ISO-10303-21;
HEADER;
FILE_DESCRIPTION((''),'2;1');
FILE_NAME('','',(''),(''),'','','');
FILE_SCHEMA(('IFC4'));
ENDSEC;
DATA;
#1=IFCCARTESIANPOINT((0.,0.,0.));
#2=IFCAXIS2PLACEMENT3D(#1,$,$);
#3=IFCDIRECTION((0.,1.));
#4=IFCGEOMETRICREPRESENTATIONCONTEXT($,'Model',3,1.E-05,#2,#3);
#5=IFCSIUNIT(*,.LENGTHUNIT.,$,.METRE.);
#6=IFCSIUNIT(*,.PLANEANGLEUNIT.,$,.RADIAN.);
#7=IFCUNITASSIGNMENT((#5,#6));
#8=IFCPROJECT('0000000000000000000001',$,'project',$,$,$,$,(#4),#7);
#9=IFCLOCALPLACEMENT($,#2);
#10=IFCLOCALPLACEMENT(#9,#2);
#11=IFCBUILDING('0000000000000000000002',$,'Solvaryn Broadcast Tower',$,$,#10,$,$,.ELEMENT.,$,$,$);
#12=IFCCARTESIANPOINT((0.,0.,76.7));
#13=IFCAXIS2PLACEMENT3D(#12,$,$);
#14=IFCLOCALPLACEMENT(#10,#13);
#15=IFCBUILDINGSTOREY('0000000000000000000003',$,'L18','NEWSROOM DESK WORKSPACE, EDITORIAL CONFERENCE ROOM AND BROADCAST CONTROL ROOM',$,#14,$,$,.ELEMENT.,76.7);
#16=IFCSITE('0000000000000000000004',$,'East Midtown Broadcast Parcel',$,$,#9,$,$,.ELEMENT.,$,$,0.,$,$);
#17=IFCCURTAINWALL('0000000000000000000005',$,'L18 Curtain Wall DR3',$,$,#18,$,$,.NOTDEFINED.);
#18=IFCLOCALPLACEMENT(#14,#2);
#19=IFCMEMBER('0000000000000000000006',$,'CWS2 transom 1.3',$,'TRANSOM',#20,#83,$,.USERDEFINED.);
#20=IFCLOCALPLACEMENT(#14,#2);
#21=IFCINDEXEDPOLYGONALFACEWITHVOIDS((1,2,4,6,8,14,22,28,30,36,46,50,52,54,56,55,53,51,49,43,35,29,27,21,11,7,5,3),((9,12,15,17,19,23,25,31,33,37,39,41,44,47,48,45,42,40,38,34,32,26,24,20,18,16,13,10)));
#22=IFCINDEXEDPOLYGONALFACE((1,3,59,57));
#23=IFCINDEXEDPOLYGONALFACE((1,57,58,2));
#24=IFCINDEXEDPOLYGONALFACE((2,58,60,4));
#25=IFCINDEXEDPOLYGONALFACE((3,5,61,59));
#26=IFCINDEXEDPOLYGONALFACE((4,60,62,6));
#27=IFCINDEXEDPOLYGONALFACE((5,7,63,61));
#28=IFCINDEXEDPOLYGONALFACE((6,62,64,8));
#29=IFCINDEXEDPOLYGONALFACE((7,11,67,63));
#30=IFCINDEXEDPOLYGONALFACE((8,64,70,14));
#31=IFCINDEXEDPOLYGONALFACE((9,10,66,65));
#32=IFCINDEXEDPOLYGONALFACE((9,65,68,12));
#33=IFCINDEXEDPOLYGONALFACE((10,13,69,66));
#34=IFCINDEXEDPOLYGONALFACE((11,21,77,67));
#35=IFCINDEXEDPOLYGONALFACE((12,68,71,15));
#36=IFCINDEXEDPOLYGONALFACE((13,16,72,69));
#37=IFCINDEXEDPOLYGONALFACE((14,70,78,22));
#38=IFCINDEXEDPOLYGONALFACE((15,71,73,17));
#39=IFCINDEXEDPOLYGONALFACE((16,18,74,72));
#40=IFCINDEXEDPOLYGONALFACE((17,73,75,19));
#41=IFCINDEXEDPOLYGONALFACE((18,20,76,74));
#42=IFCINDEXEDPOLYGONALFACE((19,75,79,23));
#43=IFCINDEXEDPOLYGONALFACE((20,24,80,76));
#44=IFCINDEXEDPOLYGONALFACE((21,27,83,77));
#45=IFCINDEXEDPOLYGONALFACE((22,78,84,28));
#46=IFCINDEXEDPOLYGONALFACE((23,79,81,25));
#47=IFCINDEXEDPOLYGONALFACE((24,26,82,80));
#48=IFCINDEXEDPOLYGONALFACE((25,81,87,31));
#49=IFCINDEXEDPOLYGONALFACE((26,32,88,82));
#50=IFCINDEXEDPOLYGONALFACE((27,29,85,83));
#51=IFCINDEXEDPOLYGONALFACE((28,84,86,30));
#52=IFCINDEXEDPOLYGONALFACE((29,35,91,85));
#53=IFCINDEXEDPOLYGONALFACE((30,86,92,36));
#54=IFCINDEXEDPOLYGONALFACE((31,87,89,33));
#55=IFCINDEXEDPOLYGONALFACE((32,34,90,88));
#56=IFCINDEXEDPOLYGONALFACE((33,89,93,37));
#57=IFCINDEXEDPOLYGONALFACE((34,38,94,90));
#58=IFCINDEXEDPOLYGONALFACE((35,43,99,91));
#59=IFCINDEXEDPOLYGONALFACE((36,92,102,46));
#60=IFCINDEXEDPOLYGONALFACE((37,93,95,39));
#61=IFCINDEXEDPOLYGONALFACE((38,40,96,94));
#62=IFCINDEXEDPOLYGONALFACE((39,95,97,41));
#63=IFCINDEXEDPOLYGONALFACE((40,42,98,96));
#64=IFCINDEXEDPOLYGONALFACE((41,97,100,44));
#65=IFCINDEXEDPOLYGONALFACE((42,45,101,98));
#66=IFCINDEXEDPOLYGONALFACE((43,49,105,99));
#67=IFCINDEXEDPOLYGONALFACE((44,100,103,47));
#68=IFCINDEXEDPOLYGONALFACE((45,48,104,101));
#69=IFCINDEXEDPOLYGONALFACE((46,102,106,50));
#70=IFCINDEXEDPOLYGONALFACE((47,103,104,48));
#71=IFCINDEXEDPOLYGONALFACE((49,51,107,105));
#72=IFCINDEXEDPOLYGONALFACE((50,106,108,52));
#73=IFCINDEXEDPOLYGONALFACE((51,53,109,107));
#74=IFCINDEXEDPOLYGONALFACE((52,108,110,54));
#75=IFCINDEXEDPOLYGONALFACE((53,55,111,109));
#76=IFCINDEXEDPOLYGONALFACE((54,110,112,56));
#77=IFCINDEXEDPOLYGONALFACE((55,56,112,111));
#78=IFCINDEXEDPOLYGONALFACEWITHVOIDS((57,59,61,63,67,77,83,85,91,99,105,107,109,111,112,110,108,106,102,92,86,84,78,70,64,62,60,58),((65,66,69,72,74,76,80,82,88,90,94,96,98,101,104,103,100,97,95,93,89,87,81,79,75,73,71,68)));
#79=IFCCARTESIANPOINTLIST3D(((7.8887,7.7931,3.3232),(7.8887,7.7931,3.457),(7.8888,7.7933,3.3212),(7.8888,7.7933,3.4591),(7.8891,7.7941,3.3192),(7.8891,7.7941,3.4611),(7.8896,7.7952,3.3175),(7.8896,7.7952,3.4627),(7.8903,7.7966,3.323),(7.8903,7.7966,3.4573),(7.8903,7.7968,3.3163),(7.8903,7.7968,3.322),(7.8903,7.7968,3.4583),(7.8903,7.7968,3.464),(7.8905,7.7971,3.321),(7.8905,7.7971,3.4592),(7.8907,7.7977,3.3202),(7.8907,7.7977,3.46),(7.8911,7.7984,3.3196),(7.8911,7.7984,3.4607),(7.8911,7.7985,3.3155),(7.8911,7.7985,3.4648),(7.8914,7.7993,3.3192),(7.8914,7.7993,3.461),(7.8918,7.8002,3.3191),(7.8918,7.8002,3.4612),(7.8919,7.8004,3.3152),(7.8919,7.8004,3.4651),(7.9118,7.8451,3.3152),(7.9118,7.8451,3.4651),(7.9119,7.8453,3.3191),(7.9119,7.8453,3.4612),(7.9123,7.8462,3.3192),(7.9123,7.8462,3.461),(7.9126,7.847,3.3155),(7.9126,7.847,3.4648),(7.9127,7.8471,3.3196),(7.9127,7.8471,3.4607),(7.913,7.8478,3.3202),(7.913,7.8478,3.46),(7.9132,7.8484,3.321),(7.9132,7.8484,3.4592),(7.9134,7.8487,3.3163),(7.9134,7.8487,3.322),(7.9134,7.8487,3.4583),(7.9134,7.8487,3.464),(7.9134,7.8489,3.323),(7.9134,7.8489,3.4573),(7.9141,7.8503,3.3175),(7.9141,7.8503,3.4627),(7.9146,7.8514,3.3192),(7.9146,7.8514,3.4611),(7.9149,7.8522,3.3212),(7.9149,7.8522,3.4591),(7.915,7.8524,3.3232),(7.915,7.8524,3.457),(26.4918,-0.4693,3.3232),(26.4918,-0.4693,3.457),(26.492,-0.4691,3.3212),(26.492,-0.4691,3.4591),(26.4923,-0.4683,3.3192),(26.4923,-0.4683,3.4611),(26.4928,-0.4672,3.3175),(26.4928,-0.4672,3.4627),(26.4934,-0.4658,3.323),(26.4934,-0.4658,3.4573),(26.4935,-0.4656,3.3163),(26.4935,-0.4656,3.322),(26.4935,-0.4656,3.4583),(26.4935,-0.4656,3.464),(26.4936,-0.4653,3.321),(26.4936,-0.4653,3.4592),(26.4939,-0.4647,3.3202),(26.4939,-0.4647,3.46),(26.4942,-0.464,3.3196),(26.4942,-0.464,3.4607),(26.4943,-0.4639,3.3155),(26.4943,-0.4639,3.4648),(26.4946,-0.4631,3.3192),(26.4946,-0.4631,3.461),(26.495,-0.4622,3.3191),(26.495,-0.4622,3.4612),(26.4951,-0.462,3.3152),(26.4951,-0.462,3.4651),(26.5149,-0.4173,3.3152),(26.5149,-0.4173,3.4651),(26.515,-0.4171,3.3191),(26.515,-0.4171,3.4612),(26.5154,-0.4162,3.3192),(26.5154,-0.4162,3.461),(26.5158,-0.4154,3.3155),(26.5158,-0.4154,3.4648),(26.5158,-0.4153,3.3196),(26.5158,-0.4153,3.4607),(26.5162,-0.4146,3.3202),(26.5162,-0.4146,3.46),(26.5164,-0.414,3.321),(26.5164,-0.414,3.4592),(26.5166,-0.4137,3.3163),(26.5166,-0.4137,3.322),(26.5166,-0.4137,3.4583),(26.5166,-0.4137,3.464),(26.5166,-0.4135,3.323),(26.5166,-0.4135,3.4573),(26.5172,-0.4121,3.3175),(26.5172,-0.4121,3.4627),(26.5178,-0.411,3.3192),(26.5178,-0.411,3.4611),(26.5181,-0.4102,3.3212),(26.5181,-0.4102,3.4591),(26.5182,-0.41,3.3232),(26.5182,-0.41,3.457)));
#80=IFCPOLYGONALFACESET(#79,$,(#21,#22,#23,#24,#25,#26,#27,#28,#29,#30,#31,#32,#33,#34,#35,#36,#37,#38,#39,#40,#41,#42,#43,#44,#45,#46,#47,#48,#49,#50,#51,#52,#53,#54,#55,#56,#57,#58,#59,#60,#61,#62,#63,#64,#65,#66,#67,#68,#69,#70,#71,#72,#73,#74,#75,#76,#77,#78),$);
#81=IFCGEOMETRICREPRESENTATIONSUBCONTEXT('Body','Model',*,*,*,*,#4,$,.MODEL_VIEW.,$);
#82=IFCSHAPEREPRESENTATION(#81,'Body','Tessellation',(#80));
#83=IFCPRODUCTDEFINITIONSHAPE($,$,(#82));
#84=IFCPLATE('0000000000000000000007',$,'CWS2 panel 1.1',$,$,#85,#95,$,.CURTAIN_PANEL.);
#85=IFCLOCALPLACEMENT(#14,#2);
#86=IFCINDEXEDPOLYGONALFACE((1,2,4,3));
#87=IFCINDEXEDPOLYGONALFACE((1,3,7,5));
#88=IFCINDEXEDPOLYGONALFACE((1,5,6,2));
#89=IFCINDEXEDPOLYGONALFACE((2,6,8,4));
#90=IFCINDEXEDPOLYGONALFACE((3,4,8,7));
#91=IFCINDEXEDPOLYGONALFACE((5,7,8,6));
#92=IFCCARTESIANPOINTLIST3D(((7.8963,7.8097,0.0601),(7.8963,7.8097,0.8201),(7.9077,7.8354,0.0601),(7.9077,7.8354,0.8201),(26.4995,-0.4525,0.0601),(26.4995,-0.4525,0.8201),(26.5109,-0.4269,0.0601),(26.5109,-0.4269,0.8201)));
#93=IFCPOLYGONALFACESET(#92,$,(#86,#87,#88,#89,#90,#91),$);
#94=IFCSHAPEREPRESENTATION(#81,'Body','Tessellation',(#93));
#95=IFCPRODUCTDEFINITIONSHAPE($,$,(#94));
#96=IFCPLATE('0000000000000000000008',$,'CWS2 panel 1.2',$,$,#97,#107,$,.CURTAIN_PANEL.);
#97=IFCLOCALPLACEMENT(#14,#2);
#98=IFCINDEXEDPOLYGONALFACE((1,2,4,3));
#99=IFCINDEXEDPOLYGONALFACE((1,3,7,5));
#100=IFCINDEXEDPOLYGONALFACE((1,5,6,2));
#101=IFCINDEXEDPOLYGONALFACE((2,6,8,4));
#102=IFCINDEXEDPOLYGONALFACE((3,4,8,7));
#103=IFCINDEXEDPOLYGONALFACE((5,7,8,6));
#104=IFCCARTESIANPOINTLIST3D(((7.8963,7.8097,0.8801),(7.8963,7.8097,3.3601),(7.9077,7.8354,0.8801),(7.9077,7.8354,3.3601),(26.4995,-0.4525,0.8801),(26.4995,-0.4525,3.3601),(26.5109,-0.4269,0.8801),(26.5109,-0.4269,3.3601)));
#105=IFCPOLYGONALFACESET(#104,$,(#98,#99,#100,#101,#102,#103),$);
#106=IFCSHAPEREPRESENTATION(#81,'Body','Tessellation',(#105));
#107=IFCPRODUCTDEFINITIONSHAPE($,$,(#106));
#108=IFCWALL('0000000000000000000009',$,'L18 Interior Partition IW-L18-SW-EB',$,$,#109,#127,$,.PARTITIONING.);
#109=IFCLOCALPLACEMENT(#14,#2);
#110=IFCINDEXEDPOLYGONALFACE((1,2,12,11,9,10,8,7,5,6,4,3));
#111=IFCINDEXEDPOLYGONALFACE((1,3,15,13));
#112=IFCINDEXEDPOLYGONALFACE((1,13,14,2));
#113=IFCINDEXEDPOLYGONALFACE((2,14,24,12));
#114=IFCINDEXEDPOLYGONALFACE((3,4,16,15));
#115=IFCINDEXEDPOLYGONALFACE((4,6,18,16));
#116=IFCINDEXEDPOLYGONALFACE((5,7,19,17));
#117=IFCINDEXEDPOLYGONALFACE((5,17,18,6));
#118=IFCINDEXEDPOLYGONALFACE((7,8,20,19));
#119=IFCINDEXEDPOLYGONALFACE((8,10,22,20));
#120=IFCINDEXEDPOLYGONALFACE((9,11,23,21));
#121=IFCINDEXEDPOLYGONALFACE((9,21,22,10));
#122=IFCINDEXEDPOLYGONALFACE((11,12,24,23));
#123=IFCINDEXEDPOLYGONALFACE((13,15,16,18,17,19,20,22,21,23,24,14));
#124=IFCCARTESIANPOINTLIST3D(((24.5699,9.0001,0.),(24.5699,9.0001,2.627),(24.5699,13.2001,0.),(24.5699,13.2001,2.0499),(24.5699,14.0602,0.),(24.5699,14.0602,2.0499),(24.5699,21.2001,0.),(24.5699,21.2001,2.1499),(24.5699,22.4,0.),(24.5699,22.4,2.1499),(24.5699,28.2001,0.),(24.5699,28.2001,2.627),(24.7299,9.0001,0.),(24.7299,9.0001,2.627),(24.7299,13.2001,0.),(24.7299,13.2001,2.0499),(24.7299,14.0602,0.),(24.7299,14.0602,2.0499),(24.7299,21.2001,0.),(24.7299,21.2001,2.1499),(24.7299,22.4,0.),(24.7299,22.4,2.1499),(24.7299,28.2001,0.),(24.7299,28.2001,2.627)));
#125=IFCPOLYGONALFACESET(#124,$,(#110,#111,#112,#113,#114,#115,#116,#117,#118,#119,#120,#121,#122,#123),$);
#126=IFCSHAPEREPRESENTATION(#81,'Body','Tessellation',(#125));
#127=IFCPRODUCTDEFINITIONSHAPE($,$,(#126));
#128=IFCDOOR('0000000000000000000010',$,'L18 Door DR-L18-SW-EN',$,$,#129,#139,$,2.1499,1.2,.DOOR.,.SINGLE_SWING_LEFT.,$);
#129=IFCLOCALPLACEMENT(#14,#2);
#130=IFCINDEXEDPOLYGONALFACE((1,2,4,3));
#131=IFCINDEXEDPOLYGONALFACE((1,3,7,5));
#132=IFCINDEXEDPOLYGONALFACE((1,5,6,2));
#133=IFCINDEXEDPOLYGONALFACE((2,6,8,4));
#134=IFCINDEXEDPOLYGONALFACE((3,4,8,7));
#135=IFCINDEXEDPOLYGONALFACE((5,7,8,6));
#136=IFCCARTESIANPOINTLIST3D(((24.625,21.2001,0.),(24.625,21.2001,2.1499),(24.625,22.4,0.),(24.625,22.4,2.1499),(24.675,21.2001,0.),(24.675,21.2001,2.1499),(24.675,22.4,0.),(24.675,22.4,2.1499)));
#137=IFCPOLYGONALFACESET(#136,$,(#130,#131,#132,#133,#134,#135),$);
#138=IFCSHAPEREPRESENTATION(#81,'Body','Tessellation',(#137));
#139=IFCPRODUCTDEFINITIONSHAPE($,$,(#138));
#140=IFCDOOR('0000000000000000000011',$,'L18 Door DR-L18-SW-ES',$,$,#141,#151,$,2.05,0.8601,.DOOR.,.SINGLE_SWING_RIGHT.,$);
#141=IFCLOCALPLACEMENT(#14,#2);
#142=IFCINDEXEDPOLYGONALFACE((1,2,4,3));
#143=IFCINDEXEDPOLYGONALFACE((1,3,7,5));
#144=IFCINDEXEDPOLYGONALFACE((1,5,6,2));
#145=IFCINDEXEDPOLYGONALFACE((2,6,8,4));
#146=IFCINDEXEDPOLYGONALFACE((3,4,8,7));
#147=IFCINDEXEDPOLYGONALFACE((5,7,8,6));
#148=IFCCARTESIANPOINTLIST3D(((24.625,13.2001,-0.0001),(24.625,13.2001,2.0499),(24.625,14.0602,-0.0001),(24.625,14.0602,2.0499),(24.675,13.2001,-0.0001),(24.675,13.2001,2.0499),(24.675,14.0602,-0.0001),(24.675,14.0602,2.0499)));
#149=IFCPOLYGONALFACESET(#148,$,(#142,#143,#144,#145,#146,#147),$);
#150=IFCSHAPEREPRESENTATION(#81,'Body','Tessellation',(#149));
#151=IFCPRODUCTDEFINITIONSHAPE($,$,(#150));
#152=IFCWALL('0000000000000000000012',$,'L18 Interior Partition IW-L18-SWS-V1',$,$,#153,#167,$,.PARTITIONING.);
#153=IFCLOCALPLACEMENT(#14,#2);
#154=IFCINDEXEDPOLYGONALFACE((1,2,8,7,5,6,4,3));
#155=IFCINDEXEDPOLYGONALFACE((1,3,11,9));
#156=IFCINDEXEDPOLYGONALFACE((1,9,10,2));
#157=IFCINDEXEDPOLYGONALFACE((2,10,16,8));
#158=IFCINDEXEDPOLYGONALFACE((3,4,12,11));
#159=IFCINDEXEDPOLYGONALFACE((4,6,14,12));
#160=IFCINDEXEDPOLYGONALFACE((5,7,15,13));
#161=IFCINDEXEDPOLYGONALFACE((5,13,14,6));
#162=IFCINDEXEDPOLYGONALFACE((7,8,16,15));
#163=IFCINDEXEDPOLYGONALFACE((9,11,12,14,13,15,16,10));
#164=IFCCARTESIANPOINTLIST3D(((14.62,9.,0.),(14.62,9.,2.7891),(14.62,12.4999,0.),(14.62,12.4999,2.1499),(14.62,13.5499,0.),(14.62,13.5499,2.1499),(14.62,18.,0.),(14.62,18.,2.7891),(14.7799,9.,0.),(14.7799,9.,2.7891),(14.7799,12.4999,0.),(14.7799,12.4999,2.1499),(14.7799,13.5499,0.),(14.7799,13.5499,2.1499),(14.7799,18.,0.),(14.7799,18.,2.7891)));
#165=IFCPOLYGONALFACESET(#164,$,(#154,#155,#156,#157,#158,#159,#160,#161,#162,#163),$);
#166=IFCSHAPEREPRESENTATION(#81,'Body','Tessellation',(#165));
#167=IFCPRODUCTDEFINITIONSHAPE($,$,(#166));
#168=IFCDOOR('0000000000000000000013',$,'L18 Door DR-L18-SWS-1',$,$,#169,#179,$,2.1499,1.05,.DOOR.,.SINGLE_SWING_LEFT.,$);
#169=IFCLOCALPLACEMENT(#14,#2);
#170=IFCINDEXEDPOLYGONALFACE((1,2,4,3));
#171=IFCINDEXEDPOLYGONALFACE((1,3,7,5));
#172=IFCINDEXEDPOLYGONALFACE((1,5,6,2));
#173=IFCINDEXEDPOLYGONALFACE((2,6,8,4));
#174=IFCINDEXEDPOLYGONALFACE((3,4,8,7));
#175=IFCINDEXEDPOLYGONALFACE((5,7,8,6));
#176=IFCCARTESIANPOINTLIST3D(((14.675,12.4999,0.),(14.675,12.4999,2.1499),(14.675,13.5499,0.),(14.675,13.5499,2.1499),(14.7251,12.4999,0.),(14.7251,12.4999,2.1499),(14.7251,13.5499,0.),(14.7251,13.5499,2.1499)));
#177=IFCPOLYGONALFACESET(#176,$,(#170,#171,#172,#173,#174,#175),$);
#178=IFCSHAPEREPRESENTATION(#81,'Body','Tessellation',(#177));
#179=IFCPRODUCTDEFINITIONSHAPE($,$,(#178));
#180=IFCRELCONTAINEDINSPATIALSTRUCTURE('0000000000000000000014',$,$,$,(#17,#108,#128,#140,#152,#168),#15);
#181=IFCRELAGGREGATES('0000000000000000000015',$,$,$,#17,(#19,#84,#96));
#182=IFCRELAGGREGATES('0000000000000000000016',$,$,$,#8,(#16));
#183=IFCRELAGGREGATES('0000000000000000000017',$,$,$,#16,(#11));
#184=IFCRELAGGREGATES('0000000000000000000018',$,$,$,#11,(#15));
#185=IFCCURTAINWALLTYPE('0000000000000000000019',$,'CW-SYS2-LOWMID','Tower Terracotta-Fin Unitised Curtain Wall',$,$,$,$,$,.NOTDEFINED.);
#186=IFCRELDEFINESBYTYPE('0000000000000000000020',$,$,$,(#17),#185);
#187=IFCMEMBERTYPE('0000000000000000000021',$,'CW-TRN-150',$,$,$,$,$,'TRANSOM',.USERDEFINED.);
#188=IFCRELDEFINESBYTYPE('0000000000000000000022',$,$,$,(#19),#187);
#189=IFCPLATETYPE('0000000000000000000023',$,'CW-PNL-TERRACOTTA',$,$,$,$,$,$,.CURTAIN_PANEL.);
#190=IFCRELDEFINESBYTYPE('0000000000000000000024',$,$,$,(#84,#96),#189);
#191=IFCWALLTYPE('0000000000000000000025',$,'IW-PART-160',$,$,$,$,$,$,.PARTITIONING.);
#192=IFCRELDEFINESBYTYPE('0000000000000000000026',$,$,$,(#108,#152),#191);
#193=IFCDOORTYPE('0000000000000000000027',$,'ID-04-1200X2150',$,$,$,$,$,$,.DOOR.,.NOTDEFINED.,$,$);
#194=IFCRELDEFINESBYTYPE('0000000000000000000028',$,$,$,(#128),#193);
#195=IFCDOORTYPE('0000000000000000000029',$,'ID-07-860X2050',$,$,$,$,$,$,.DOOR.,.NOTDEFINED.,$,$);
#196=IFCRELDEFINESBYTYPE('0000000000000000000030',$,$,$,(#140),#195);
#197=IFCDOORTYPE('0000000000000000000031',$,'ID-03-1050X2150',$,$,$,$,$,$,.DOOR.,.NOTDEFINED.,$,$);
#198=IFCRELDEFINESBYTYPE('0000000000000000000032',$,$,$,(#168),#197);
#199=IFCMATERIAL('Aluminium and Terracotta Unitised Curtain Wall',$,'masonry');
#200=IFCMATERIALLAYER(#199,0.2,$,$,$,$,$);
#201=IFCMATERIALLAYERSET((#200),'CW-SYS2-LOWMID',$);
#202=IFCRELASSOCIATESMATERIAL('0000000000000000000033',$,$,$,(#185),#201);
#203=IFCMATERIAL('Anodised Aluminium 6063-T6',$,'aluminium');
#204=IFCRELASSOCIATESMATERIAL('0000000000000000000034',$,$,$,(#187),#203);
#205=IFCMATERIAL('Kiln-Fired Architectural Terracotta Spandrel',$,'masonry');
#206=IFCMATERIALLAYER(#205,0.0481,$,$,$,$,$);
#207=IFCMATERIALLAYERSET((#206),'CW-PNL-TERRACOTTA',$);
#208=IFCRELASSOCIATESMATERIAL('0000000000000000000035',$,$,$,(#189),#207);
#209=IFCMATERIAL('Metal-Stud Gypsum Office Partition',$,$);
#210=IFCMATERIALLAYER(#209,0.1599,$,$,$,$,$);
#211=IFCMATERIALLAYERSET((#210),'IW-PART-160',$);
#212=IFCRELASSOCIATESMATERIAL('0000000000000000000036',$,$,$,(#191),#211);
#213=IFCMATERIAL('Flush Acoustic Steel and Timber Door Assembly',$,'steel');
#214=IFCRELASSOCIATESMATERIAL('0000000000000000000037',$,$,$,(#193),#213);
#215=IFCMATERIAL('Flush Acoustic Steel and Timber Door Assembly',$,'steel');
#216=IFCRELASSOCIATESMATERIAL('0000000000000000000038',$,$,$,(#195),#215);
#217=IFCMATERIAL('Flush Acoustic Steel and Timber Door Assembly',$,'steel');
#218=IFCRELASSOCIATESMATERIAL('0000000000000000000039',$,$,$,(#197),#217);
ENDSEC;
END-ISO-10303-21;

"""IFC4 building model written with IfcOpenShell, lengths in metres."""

from ifc_helpers import new_model, si_unit, direction, frame, frame_2d, origin, origin_2d, place, context, subcontext, project, spatial, rectangle, hollow_rectangle, extrude, material, layer, layer_set, material_profile, profile_set, type_object, element, fill, aggregate, save


model = new_model("IFC4")

# Units and contexts
model_context = context("Model", 3, precision=1e-05, world=origin(), true_north=direction((0.0, 1.0)))
body_context = subcontext(model_context, "Body", "Model", "MODEL_VIEW")
ifc_project = project(units=[si_unit("LENGTHUNIT", "METRE"), si_unit("PLANEANGLEUNIT", "RADIAN")], contexts=[model_context])

# Site, building, storey
site_placement = place(None, origin())
site = spatial("IfcSite", under=ifc_project, at=site_placement, Name="East Midtown Broadcast Parcel", CompositionType="ELEMENT", RefElevation=0.0)
building_placement = place(site_placement, origin())
building = spatial("IfcBuilding", under=site, at=building_placement, Name="Solvaryn Broadcast Tower", CompositionType="ELEMENT")
storey_placement = place(building_placement, frame((0.0, 0.0, 76.7)))
storey = spatial("IfcBuildingStorey", under=building, at=storey_placement, Name="L18", Description="NEWSROOM DESK WORKSPACE, EDITORIAL CONFERENCE ROOM AND BROADCAST CONTROL ROOM", CompositionType="ELEMENT", Elevation=76.7)

# Shared definitions
ifc_material_1 = material(Name="Aluminium and Terracotta Unitised Curtain Wall", Category="masonry")
ifc_layer_1 = layer(ifc_material_1, 0.2)
ifc_layer_set_1 = layer_set([ifc_layer_1], Name="CW-SYS2-LOWMID")
curtain_wall_type = type_object("IfcCurtainWallType", Name="CW-SYS2-LOWMID", Description="Tower Terracotta-Fin Unitised Curtain Wall", PredefinedType="NOTDEFINED", material=ifc_layer_set_1)

# Curtain wall, member, plates
curtain_wall_1_placement = place(storey_placement, origin())
curtain_wall_1 = element("IfcCurtainWall", 1, at=curtain_wall_1_placement, inside=storey, type_object=curtain_wall_type, Name="L18 Curtain Wall DR3", PredefinedType="NOTDEFINED")
ifc_material_2 = material(Name="Anodised Aluminium 6063-T6", Category="aluminium")
ifc_material_profile_1 = material_profile(ifc_material_2, hollow_rectangle(XDim=0.0649, YDim=0.1499, WallThickness=0.0039, InnerFilletRadius=0.0039, OuterFilletRadius=0.0081, at=origin_2d()))
ifc_profile_set_1 = profile_set([ifc_material_profile_1], Name="Anodised Aluminium 6063-T6")
member_type_1 = type_object("IfcMemberType", Name="CW-TRN-150", ElementType="TRANSOM", PredefinedType="USERDEFINED", material=ifc_profile_set_1)
member_1_placement = place(storey_placement, frame((7.9019, 7.8228, 3.3901), z_axis=(0.913915, -0.405906, 0.0), x_axis=(0.405906, 0.913915, 0.0)))
member_1 = element("IfcMember", 2, at=member_1_placement, type_object=member_type_1, Name="CWS2 transom 1.3", ObjectType="TRANSOM", PredefinedType="USERDEFINED", context=body_context, shape_type="SweptSolid", body=[
    extrude(hollow_rectangle(XDim=0.0649, YDim=0.1499, WallThickness=0.0039, InnerFilletRadius=0.0039, OuterFilletRadius=0.0081, at=origin_2d()), origin(), (0.0, 0.0, 1.0), 20.3555),
])
ifc_material_3 = material(Name="Kiln-Fired Architectural Terracotta Spandrel", Category="masonry")
ifc_layer_2 = layer(ifc_material_3, 0.0481)
ifc_layer_set_2 = layer_set([ifc_layer_2], Name="CW-PNL-TERRACOTTA")
plate_type = type_object("IfcPlateType", Name="CW-PNL-TERRACOTTA", PredefinedType="CURTAIN_PANEL", material=ifc_layer_set_2)
plate_1_placement = place(storey_placement, frame((17.2036, 3.6914, 0.0601), z_axis=(0.0, 0.0, 1.0), x_axis=(0.913918, -0.405898, 0.0)))
plate_1 = element("IfcPlate", 3, at=plate_1_placement, type_object=plate_type, Name="CWS2 panel 1.1", PredefinedType="CURTAIN_PANEL", context=body_context, shape_type="SweptSolid", body=[
    extrude(rectangle(XDim=20.3555, YDim=0.0281, at=origin_2d()), origin(), (0.0, 0.0, 1.0), 0.76),
])
plate_2_placement = place(storey_placement, frame((17.2036, 3.6914, 0.8801), z_axis=(0.0, 0.0, 1.0), x_axis=(0.913918, -0.405898, 0.0)))
plate_2 = element("IfcPlate", 4, at=plate_2_placement, type_object=plate_type, Name="CWS2 panel 1.2", PredefinedType="CURTAIN_PANEL", context=body_context, shape_type="SweptSolid", body=[
    extrude(rectangle(XDim=20.3555, YDim=0.0281, at=origin_2d()), origin(), (0.0, 0.0, 1.0), 2.48),
])
aggregate(curtain_wall_1, [member_1, plate_1, plate_2])

# Wall, openings, doors
ifc_material_4 = material(Name="Metal-Stud Gypsum Office Partition")
ifc_layer_3 = layer(ifc_material_4, 0.1599)
ifc_layer_set_3 = layer_set([ifc_layer_3], Name="IW-PART-160")
wall_type = type_object("IfcWallType", Name="IW-PART-160", PredefinedType="PARTITIONING", material=ifc_layer_set_3)
wall_1_placement = place(storey_placement, frame((24.6499, 9.0, 0.0), z_axis=(0.0, 0.0, 1.0), x_axis=(0.0, 1.0, 0.0)))
wall_1 = element("IfcWall", 5, at=wall_1_placement, inside=storey, type_object=wall_type, Name="L18 Interior Partition IW-L18-SW-EB", PredefinedType="PARTITIONING", context=body_context, shape_type="SweptSolid", body=[
    extrude(rectangle(XDim=19.2, YDim=0.1599, at=frame_2d((9.6001, 0.0))), origin(), (0.0, 0.0, 1.0), 2.627),
])
opening_1_placement = place(wall_1_placement, frame((12.2, 0.0, 0.0)))
opening_1 = element("IfcOpeningElement", 6, at=opening_1_placement, cuts=wall_1, PredefinedType="OPENING", context=body_context, shape_type="SweptSolid", body=[
    extrude(rectangle(XDim=1.2, YDim=2.1499, at=frame_2d((0.6001, 1.075))), frame((0.0, 0.0901, 0.0), z_axis=(0.0, -1.0, 0.0), x_axis=(1.0, 0.0, 0.0)), (0.0, 0.0, 1.0), 0.1799),
])
opening_2_placement = place(wall_1_placement, frame((4.2, 0.0, 0.0)))
opening_2 = element("IfcOpeningElement", 7, at=opening_2_placement, cuts=wall_1, PredefinedType="OPENING", context=body_context, shape_type="SweptSolid", body=[
    extrude(rectangle(XDim=0.8601, YDim=2.05, at=frame_2d((0.4302, 1.0249))), frame((0.0, 0.0901, 0.0), z_axis=(0.0, -1.0, 0.0), x_axis=(1.0, 0.0, 0.0)), (0.0, 0.0, 1.0), 0.1799),
])
ifc_material_5 = material(Name="Flush Acoustic Steel and Timber Door Assembly", Category="steel")
door_type_1 = type_object("IfcDoorType", Name="ID-04-1200X2150", OperationType="NOTDEFINED", PredefinedType="DOOR", material=ifc_material_5)
door_1_placement = place(opening_1_placement, origin())
door_1 = element("IfcDoor", 8, at=door_1_placement, inside=storey, type_object=door_type_1, Name="L18 Door DR-L18-SW-EN", OperationType="SINGLE_SWING_LEFT", OverallHeight=2.1499, OverallWidth=1.2, PredefinedType="DOOR", context=body_context, shape_type="SweptSolid", body=[
    extrude(rectangle(XDim=1.2, YDim=2.1499, at=frame_2d((0.6001, 1.075))), frame((0.0, 0.0249, 0.0), z_axis=(0.0, -1.0, 0.0), x_axis=(1.0, 0.0, 0.0)), (0.0, 0.0, 1.0), 0.05),
])
fill(opening_1, door_1)
ifc_material_6 = material(Name="Flush Acoustic Steel and Timber Door Assembly", Category="steel")
door_type_2 = type_object("IfcDoorType", Name="ID-07-860X2050", OperationType="NOTDEFINED", PredefinedType="DOOR", material=ifc_material_6)
door_2_placement = place(opening_2_placement, origin())
door_2 = element("IfcDoor", 9, at=door_2_placement, inside=storey, type_object=door_type_2, Name="L18 Door DR-L18-SW-ES", OperationType="SINGLE_SWING_RIGHT", OverallHeight=2.05, OverallWidth=0.8601, PredefinedType="DOOR", context=body_context, shape_type="SweptSolid", body=[
    extrude(rectangle(XDim=0.8601, YDim=2.05, at=frame_2d((0.4302, 1.0249))), frame((0.0, 0.0249, 0.0), z_axis=(0.0, -1.0, 0.0), x_axis=(1.0, 0.0, 0.0)), (0.0, 0.0, 1.0), 0.05),
])
fill(opening_2, door_2)

# Wall, opening, door
wall_2_placement = place(storey_placement, frame((14.7, 9.0, 0.0), z_axis=(0.0, 0.0, 1.0), x_axis=(0.0, 1.0, 0.0)))
wall_2 = element("IfcWall", 10, at=wall_2_placement, inside=storey, type_object=wall_type, Name="L18 Interior Partition IW-L18-SWS-V1", PredefinedType="PARTITIONING", context=body_context, shape_type="SweptSolid", body=[
    extrude(rectangle(XDim=9.0, YDim=0.1599, at=frame_2d((4.5, 0.0))), origin(), (0.0, 0.0, 1.0), 2.7891),
])
opening_3_placement = place(wall_2_placement, frame((3.5, 0.0, 0.0)))
opening_3 = element("IfcOpeningElement", 11, at=opening_3_placement, cuts=wall_2, PredefinedType="OPENING", context=body_context, shape_type="SweptSolid", body=[
    extrude(rectangle(XDim=1.05, YDim=2.1499, at=frame_2d((0.5249, 1.075))), frame((0.0, 0.0901, 0.0), z_axis=(0.0, -1.0, 0.0), x_axis=(1.0, 0.0, 0.0)), (0.0, 0.0, 1.0), 0.1799),
])
ifc_material_7 = material(Name="Flush Acoustic Steel and Timber Door Assembly", Category="steel")
door_type_3 = type_object("IfcDoorType", Name="ID-03-1050X2150", OperationType="NOTDEFINED", PredefinedType="DOOR", material=ifc_material_7)
door_3_placement = place(opening_3_placement, origin())
door_3 = element("IfcDoor", 12, at=door_3_placement, inside=storey, type_object=door_type_3, Name="L18 Door DR-L18-SWS-1", OperationType="SINGLE_SWING_LEFT", OverallHeight=2.1499, OverallWidth=1.05, PredefinedType="DOOR", context=body_context, shape_type="SweptSolid", body=[
    extrude(rectangle(XDim=1.05, YDim=2.1499, at=frame_2d((0.5249, 1.075))), frame((0.0, 0.0249, 0.0), z_axis=(0.0, -1.0, 0.0), x_axis=(1.0, 0.0, 0.0)), (0.0, 0.0, 1.0), 0.05),
])
fill(opening_3, door_3)

save(model, "model.ifc")
